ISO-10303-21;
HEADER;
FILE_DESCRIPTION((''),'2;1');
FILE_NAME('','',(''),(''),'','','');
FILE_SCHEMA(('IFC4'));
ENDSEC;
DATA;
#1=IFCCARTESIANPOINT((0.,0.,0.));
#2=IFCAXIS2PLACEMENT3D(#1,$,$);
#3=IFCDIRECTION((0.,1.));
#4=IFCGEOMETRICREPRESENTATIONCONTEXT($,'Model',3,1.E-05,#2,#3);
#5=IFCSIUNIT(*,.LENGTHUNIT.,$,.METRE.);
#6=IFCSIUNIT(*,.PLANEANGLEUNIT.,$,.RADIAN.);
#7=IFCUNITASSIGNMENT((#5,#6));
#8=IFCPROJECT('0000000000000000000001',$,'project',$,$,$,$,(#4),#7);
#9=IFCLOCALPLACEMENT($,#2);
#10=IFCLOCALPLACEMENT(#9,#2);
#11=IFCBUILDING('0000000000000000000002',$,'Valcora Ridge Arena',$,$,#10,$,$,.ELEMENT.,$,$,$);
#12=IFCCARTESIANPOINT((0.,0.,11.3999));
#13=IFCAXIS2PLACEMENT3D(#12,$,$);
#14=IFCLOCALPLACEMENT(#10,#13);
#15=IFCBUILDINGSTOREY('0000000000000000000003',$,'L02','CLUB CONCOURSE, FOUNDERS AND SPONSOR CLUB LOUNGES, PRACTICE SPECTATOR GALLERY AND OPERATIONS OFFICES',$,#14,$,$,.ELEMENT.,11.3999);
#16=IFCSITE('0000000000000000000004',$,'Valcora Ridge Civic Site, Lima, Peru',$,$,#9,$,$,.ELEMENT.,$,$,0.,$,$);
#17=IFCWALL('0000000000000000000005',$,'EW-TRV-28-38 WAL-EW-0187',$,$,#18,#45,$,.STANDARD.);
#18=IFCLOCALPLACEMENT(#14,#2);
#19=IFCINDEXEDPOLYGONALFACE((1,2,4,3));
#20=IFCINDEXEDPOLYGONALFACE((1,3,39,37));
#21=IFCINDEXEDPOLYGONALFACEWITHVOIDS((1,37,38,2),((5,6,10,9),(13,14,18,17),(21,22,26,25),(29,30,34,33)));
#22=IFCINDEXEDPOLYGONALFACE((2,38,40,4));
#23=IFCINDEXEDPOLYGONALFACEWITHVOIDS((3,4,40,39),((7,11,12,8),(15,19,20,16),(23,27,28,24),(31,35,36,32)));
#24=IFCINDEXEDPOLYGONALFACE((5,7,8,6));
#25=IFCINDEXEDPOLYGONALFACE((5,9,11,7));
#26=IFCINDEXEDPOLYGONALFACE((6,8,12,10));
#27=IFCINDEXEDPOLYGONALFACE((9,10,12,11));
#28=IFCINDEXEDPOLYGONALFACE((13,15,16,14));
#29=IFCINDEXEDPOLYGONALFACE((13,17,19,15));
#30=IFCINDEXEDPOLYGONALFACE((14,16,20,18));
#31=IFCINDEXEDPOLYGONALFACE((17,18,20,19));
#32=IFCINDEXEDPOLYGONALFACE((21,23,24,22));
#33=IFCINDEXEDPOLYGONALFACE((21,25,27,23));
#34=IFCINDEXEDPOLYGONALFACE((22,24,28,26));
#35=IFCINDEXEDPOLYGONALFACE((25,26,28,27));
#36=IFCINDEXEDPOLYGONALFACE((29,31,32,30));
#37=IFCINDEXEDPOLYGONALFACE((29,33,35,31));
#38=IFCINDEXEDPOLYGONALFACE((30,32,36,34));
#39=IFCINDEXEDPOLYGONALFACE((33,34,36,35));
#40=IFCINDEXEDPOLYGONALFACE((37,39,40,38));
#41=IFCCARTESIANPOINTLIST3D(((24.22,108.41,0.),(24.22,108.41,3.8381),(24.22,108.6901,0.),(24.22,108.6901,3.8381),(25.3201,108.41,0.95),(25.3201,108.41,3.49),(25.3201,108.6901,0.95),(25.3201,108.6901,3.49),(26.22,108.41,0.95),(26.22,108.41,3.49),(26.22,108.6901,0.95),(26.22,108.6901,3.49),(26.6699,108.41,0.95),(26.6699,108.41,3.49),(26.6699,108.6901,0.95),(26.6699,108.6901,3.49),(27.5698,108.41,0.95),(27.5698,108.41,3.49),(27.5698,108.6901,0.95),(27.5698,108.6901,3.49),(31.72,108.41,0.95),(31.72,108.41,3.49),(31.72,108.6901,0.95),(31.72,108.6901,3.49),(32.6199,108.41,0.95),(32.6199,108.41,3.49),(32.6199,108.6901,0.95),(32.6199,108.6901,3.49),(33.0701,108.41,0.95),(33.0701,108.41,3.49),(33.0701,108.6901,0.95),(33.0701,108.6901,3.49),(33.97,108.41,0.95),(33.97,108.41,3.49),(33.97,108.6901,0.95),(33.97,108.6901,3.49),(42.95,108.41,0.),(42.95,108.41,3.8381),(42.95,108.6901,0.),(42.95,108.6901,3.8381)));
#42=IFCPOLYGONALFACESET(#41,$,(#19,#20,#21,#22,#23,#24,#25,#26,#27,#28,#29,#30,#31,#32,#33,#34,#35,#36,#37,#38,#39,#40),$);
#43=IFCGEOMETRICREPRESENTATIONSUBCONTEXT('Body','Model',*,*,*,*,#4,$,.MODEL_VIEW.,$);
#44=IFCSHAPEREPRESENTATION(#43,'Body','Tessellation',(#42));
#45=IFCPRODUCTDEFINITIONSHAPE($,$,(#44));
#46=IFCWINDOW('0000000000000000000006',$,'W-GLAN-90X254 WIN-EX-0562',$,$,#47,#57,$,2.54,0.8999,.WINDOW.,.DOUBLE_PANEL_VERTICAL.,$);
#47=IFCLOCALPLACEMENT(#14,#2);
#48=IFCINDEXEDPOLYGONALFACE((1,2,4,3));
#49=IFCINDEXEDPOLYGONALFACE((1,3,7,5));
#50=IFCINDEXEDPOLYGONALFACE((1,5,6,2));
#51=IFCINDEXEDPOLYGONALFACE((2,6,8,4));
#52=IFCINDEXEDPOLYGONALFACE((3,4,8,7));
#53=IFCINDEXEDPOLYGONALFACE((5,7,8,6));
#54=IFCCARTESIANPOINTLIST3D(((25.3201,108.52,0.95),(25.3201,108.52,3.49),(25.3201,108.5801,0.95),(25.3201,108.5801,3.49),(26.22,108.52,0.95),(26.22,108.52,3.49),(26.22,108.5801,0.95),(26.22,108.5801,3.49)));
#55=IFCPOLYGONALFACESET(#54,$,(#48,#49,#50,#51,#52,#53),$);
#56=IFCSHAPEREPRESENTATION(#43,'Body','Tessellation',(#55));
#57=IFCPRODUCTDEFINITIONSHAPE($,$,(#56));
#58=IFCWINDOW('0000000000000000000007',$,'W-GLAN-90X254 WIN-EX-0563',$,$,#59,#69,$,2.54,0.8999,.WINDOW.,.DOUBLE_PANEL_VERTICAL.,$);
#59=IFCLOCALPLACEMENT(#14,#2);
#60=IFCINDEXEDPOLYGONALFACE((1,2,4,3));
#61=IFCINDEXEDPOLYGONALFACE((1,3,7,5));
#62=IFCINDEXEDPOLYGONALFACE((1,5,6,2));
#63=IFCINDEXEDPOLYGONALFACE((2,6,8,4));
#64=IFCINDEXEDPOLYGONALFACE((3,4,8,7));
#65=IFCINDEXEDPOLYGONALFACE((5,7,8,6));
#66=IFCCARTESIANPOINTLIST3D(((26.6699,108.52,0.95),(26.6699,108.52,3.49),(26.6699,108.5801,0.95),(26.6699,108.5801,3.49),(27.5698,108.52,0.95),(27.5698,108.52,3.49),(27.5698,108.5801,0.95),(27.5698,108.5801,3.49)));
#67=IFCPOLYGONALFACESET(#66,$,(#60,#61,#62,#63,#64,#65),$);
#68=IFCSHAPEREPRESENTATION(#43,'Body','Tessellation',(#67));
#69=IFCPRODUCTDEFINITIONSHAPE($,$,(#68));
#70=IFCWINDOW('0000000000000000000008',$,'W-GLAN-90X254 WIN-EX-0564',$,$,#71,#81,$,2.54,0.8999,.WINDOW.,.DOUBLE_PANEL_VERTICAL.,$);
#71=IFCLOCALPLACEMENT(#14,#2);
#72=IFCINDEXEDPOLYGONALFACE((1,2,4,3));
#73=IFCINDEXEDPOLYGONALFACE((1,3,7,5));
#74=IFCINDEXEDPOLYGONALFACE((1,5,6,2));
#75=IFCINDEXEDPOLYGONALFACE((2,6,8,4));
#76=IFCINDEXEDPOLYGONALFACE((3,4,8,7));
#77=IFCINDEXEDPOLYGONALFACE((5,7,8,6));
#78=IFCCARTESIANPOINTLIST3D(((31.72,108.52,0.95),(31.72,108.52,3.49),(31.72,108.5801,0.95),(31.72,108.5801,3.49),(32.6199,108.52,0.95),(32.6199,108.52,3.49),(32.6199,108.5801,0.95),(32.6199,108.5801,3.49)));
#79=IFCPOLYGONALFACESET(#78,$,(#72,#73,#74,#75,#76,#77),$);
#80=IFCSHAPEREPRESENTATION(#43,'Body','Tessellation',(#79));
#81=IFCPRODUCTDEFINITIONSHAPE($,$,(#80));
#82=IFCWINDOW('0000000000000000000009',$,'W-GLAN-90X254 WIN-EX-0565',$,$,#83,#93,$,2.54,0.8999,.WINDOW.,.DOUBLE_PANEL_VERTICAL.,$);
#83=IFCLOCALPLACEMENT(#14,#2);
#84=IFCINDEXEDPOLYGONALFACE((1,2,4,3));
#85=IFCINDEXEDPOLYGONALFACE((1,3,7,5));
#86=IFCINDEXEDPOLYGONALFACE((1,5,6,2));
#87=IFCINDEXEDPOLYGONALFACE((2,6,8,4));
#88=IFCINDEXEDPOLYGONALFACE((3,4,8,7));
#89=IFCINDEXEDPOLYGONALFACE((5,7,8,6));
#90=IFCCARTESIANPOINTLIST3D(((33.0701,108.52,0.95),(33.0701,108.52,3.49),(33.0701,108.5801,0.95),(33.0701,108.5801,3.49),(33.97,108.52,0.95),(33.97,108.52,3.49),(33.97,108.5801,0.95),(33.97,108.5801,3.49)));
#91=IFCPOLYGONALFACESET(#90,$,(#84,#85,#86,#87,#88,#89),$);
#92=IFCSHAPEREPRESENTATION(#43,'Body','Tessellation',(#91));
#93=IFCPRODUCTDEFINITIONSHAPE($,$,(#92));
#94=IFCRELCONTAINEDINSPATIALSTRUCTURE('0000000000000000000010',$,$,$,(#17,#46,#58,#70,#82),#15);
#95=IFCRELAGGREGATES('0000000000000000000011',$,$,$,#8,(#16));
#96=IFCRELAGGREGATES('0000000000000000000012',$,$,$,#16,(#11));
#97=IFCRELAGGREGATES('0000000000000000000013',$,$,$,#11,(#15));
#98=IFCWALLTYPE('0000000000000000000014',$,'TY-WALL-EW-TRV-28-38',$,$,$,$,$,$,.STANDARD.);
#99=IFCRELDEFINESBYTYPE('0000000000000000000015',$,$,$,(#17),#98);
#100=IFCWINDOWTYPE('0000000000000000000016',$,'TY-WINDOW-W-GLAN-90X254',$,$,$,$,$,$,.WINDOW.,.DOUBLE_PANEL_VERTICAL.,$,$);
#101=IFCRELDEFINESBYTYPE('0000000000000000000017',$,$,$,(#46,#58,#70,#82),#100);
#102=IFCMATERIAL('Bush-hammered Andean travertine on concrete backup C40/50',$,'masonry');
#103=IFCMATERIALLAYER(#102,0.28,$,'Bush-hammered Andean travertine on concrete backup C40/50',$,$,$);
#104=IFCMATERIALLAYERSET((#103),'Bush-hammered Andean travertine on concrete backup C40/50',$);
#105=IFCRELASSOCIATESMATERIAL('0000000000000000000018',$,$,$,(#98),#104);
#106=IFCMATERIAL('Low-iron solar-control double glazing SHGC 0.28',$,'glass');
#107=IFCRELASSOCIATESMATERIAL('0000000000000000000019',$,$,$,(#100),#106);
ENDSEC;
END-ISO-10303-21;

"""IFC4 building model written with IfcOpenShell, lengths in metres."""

from ifc_helpers import new_model, si_unit, direction, frame, frame_2d, origin, place, context, subcontext, project, spatial, rectangle, extrude, material, layer, layer_set, type_object, element, fill, save


model = new_model("IFC4")

# Units and contexts
model_context = context("Model", 3, precision=1e-05, world=origin(), true_north=direction((0.0, 1.0)))
body_context = subcontext(model_context, "Body", "Model", "MODEL_VIEW")
ifc_project = project(units=[si_unit("LENGTHUNIT", "METRE"), si_unit("PLANEANGLEUNIT", "RADIAN")], contexts=[model_context])

# Site, building, storey
site_placement = place(None, origin())
site = spatial("IfcSite", under=ifc_project, at=site_placement, Name="Valcora Ridge Civic Site, Lima, Peru", CompositionType="ELEMENT", RefElevation=0.0)
building_placement = place(site_placement, origin())
building = spatial("IfcBuilding", under=site, at=building_placement, Name="Valcora Ridge Arena", CompositionType="ELEMENT")
storey_placement = place(building_placement, frame((0.0, 0.0, 11.3999)))
storey = spatial("IfcBuildingStorey", under=building, at=storey_placement, Name="L02", Description="CLUB CONCOURSE, FOUNDERS AND SPONSOR CLUB LOUNGES, PRACTICE SPECTATOR GALLERY AND OPERATIONS OFFICES", CompositionType="ELEMENT", Elevation=11.3999)

# Shared definitions
ifc_material_1 = material(Name="Bush-hammered Andean travertine on concrete backup C40/50", Category="masonry")
ifc_layer_1 = layer(ifc_material_1, 0.28, Name="Bush-hammered Andean travertine on concrete backup C40/50")
ifc_layer_set_1 = layer_set([ifc_layer_1], Name="Bush-hammered Andean travertine on concrete backup C40/50")
wall_type = type_object("IfcWallType", Name="TY-WALL-EW-TRV-28-38", PredefinedType="STANDARD", material=ifc_layer_set_1)

# Wall, openings, windows
wall_1_placement = place(storey_placement, frame((24.22, 108.55, 0.0), z_axis=(0.0, 0.0, 1.0), x_axis=(1.0, 0.0, 0.0)))
wall_1 = element("IfcWall", 1, at=wall_1_placement, inside=storey, type_object=wall_type, Name="EW-TRV-28-38 WAL-EW-0187", PredefinedType="STANDARD", context=body_context, shape_type="SweptSolid", body=[
    extrude(rectangle(XDim=18.73, YDim=0.28, at=frame_2d((9.365, 0.0))), origin(), (0.0, 0.0, 1.0), 3.8381),
])
opening_1_placement = place(wall_1_placement, frame((1.1001, 0.0, 0.95)))
opening_1 = element("IfcOpeningElement", 2, at=opening_1_placement, cuts=wall_1, PredefinedType="OPENING", context=body_context, shape_type="SweptSolid", body=[
    extrude(rectangle(XDim=0.8999, YDim=2.54, at=frame_2d((0.45, 1.27))), frame((0.0, 0.1499, 0.0), z_axis=(0.0, -1.0, 0.0), x_axis=(1.0, 0.0, 0.0)), (0.0, 0.0, 1.0), 0.3),
])
opening_2_placement = place(wall_1_placement, frame((2.45, 0.0, 0.95)))
opening_2 = element("IfcOpeningElement", 3, at=opening_2_placement, cuts=wall_1, PredefinedType="OPENING", context=body_context, shape_type="SweptSolid", body=[
    extrude(rectangle(XDim=0.8999, YDim=2.54, at=frame_2d((0.45, 1.27))), frame((0.0, 0.1499, 0.0), z_axis=(0.0, -1.0, 0.0), x_axis=(1.0, 0.0, 0.0)), (0.0, 0.0, 1.0), 0.3),
])
opening_3_placement = place(wall_1_placement, frame((7.5, 0.0, 0.95)))
opening_3 = element("IfcOpeningElement", 4, at=opening_3_placement, cuts=wall_1, PredefinedType="OPENING", context=body_context, shape_type="SweptSolid", body=[
    extrude(rectangle(XDim=0.8999, YDim=2.54, at=frame_2d((0.45, 1.27))), frame((0.0, 0.1499, 0.0), z_axis=(0.0, -1.0, 0.0), x_axis=(1.0, 0.0, 0.0)), (0.0, 0.0, 1.0), 0.3),
])
opening_4_placement = place(wall_1_placement, frame((8.8501, 0.0, 0.95)))
opening_4 = element("IfcOpeningElement", 5, at=opening_4_placement, cuts=wall_1, PredefinedType="OPENING", context=body_context, shape_type="SweptSolid", body=[
    extrude(rectangle(XDim=0.8999, YDim=2.54, at=frame_2d((0.45, 1.27))), frame((0.0, 0.1499, 0.0), z_axis=(0.0, -1.0, 0.0), x_axis=(1.0, 0.0, 0.0)), (0.0, 0.0, 1.0), 0.3),
])
ifc_material_2 = material(Name="Low-iron solar-control double glazing SHGC 0.28", Category="glass")
window_type = type_object("IfcWindowType", Name="TY-WINDOW-W-GLAN-90X254", PartitioningType="DOUBLE_PANEL_VERTICAL", PredefinedType="WINDOW", material=ifc_material_2)
window_1_placement = place(opening_1_placement, origin())
window_1 = element("IfcWindow", 6, at=window_1_placement, inside=storey, type_object=window_type, Name="W-GLAN-90X254 WIN-EX-0562", OverallHeight=2.54, OverallWidth=0.8999, PartitioningType="DOUBLE_PANEL_VERTICAL", PredefinedType="WINDOW", context=body_context, shape_type="SweptSolid", body=[
    extrude(rectangle(XDim=0.8999, YDim=2.54, at=frame_2d((0.45, 1.27))), frame((0.0, 0.03, 0.0), z_axis=(0.0, -1.0, 0.0), x_axis=(1.0, 0.0, 0.0)), (0.0, 0.0, 1.0), 0.0601),
])
fill(opening_1, window_1)
window_2_placement = place(opening_2_placement, origin())
window_2 = element("IfcWindow", 7, at=window_2_placement, inside=storey, type_object=window_type, Name="W-GLAN-90X254 WIN-EX-0563", OverallHeight=2.54, OverallWidth=0.8999, PartitioningType="DOUBLE_PANEL_VERTICAL", PredefinedType="WINDOW", context=body_context, shape_type="SweptSolid", body=[
    extrude(rectangle(XDim=0.8999, YDim=2.54, at=frame_2d((0.45, 1.27))), frame((0.0, 0.03, 0.0), z_axis=(0.0, -1.0, 0.0), x_axis=(1.0, 0.0, 0.0)), (0.0, 0.0, 1.0), 0.0601),
])
fill(opening_2, window_2)
window_3_placement = place(opening_3_placement, origin())
window_3 = element("IfcWindow", 8, at=window_3_placement, inside=storey, type_object=window_type, Name="W-GLAN-90X254 WIN-EX-0564", OverallHeight=2.54, OverallWidth=0.8999, PartitioningType="DOUBLE_PANEL_VERTICAL", PredefinedType="WINDOW", context=body_context, shape_type="SweptSolid", body=[
    extrude(rectangle(XDim=0.8999, YDim=2.54, at=frame_2d((0.45, 1.27))), frame((0.0, 0.03, 0.0), z_axis=(0.0, -1.0, 0.0), x_axis=(1.0, 0.0, 0.0)), (0.0, 0.0, 1.0), 0.0601),
])
fill(opening_3, window_3)
window_4_placement = place(opening_4_placement, origin())
window_4 = element("IfcWindow", 9, at=window_4_placement, inside=storey, type_object=window_type, Name="W-GLAN-90X254 WIN-EX-0565", OverallHeight=2.54, OverallWidth=0.8999, PartitioningType="DOUBLE_PANEL_VERTICAL", PredefinedType="WINDOW", context=body_context, shape_type="SweptSolid", body=[
    extrude(rectangle(XDim=0.8999, YDim=2.54, at=frame_2d((0.45, 1.27))), frame((0.0, 0.03, 0.0), z_axis=(0.0, -1.0, 0.0), x_axis=(1.0, 0.0, 0.0)), (0.0, 0.0, 1.0), 0.0601),
])
fill(opening_4, window_4)

save(model, "model.ifc")
